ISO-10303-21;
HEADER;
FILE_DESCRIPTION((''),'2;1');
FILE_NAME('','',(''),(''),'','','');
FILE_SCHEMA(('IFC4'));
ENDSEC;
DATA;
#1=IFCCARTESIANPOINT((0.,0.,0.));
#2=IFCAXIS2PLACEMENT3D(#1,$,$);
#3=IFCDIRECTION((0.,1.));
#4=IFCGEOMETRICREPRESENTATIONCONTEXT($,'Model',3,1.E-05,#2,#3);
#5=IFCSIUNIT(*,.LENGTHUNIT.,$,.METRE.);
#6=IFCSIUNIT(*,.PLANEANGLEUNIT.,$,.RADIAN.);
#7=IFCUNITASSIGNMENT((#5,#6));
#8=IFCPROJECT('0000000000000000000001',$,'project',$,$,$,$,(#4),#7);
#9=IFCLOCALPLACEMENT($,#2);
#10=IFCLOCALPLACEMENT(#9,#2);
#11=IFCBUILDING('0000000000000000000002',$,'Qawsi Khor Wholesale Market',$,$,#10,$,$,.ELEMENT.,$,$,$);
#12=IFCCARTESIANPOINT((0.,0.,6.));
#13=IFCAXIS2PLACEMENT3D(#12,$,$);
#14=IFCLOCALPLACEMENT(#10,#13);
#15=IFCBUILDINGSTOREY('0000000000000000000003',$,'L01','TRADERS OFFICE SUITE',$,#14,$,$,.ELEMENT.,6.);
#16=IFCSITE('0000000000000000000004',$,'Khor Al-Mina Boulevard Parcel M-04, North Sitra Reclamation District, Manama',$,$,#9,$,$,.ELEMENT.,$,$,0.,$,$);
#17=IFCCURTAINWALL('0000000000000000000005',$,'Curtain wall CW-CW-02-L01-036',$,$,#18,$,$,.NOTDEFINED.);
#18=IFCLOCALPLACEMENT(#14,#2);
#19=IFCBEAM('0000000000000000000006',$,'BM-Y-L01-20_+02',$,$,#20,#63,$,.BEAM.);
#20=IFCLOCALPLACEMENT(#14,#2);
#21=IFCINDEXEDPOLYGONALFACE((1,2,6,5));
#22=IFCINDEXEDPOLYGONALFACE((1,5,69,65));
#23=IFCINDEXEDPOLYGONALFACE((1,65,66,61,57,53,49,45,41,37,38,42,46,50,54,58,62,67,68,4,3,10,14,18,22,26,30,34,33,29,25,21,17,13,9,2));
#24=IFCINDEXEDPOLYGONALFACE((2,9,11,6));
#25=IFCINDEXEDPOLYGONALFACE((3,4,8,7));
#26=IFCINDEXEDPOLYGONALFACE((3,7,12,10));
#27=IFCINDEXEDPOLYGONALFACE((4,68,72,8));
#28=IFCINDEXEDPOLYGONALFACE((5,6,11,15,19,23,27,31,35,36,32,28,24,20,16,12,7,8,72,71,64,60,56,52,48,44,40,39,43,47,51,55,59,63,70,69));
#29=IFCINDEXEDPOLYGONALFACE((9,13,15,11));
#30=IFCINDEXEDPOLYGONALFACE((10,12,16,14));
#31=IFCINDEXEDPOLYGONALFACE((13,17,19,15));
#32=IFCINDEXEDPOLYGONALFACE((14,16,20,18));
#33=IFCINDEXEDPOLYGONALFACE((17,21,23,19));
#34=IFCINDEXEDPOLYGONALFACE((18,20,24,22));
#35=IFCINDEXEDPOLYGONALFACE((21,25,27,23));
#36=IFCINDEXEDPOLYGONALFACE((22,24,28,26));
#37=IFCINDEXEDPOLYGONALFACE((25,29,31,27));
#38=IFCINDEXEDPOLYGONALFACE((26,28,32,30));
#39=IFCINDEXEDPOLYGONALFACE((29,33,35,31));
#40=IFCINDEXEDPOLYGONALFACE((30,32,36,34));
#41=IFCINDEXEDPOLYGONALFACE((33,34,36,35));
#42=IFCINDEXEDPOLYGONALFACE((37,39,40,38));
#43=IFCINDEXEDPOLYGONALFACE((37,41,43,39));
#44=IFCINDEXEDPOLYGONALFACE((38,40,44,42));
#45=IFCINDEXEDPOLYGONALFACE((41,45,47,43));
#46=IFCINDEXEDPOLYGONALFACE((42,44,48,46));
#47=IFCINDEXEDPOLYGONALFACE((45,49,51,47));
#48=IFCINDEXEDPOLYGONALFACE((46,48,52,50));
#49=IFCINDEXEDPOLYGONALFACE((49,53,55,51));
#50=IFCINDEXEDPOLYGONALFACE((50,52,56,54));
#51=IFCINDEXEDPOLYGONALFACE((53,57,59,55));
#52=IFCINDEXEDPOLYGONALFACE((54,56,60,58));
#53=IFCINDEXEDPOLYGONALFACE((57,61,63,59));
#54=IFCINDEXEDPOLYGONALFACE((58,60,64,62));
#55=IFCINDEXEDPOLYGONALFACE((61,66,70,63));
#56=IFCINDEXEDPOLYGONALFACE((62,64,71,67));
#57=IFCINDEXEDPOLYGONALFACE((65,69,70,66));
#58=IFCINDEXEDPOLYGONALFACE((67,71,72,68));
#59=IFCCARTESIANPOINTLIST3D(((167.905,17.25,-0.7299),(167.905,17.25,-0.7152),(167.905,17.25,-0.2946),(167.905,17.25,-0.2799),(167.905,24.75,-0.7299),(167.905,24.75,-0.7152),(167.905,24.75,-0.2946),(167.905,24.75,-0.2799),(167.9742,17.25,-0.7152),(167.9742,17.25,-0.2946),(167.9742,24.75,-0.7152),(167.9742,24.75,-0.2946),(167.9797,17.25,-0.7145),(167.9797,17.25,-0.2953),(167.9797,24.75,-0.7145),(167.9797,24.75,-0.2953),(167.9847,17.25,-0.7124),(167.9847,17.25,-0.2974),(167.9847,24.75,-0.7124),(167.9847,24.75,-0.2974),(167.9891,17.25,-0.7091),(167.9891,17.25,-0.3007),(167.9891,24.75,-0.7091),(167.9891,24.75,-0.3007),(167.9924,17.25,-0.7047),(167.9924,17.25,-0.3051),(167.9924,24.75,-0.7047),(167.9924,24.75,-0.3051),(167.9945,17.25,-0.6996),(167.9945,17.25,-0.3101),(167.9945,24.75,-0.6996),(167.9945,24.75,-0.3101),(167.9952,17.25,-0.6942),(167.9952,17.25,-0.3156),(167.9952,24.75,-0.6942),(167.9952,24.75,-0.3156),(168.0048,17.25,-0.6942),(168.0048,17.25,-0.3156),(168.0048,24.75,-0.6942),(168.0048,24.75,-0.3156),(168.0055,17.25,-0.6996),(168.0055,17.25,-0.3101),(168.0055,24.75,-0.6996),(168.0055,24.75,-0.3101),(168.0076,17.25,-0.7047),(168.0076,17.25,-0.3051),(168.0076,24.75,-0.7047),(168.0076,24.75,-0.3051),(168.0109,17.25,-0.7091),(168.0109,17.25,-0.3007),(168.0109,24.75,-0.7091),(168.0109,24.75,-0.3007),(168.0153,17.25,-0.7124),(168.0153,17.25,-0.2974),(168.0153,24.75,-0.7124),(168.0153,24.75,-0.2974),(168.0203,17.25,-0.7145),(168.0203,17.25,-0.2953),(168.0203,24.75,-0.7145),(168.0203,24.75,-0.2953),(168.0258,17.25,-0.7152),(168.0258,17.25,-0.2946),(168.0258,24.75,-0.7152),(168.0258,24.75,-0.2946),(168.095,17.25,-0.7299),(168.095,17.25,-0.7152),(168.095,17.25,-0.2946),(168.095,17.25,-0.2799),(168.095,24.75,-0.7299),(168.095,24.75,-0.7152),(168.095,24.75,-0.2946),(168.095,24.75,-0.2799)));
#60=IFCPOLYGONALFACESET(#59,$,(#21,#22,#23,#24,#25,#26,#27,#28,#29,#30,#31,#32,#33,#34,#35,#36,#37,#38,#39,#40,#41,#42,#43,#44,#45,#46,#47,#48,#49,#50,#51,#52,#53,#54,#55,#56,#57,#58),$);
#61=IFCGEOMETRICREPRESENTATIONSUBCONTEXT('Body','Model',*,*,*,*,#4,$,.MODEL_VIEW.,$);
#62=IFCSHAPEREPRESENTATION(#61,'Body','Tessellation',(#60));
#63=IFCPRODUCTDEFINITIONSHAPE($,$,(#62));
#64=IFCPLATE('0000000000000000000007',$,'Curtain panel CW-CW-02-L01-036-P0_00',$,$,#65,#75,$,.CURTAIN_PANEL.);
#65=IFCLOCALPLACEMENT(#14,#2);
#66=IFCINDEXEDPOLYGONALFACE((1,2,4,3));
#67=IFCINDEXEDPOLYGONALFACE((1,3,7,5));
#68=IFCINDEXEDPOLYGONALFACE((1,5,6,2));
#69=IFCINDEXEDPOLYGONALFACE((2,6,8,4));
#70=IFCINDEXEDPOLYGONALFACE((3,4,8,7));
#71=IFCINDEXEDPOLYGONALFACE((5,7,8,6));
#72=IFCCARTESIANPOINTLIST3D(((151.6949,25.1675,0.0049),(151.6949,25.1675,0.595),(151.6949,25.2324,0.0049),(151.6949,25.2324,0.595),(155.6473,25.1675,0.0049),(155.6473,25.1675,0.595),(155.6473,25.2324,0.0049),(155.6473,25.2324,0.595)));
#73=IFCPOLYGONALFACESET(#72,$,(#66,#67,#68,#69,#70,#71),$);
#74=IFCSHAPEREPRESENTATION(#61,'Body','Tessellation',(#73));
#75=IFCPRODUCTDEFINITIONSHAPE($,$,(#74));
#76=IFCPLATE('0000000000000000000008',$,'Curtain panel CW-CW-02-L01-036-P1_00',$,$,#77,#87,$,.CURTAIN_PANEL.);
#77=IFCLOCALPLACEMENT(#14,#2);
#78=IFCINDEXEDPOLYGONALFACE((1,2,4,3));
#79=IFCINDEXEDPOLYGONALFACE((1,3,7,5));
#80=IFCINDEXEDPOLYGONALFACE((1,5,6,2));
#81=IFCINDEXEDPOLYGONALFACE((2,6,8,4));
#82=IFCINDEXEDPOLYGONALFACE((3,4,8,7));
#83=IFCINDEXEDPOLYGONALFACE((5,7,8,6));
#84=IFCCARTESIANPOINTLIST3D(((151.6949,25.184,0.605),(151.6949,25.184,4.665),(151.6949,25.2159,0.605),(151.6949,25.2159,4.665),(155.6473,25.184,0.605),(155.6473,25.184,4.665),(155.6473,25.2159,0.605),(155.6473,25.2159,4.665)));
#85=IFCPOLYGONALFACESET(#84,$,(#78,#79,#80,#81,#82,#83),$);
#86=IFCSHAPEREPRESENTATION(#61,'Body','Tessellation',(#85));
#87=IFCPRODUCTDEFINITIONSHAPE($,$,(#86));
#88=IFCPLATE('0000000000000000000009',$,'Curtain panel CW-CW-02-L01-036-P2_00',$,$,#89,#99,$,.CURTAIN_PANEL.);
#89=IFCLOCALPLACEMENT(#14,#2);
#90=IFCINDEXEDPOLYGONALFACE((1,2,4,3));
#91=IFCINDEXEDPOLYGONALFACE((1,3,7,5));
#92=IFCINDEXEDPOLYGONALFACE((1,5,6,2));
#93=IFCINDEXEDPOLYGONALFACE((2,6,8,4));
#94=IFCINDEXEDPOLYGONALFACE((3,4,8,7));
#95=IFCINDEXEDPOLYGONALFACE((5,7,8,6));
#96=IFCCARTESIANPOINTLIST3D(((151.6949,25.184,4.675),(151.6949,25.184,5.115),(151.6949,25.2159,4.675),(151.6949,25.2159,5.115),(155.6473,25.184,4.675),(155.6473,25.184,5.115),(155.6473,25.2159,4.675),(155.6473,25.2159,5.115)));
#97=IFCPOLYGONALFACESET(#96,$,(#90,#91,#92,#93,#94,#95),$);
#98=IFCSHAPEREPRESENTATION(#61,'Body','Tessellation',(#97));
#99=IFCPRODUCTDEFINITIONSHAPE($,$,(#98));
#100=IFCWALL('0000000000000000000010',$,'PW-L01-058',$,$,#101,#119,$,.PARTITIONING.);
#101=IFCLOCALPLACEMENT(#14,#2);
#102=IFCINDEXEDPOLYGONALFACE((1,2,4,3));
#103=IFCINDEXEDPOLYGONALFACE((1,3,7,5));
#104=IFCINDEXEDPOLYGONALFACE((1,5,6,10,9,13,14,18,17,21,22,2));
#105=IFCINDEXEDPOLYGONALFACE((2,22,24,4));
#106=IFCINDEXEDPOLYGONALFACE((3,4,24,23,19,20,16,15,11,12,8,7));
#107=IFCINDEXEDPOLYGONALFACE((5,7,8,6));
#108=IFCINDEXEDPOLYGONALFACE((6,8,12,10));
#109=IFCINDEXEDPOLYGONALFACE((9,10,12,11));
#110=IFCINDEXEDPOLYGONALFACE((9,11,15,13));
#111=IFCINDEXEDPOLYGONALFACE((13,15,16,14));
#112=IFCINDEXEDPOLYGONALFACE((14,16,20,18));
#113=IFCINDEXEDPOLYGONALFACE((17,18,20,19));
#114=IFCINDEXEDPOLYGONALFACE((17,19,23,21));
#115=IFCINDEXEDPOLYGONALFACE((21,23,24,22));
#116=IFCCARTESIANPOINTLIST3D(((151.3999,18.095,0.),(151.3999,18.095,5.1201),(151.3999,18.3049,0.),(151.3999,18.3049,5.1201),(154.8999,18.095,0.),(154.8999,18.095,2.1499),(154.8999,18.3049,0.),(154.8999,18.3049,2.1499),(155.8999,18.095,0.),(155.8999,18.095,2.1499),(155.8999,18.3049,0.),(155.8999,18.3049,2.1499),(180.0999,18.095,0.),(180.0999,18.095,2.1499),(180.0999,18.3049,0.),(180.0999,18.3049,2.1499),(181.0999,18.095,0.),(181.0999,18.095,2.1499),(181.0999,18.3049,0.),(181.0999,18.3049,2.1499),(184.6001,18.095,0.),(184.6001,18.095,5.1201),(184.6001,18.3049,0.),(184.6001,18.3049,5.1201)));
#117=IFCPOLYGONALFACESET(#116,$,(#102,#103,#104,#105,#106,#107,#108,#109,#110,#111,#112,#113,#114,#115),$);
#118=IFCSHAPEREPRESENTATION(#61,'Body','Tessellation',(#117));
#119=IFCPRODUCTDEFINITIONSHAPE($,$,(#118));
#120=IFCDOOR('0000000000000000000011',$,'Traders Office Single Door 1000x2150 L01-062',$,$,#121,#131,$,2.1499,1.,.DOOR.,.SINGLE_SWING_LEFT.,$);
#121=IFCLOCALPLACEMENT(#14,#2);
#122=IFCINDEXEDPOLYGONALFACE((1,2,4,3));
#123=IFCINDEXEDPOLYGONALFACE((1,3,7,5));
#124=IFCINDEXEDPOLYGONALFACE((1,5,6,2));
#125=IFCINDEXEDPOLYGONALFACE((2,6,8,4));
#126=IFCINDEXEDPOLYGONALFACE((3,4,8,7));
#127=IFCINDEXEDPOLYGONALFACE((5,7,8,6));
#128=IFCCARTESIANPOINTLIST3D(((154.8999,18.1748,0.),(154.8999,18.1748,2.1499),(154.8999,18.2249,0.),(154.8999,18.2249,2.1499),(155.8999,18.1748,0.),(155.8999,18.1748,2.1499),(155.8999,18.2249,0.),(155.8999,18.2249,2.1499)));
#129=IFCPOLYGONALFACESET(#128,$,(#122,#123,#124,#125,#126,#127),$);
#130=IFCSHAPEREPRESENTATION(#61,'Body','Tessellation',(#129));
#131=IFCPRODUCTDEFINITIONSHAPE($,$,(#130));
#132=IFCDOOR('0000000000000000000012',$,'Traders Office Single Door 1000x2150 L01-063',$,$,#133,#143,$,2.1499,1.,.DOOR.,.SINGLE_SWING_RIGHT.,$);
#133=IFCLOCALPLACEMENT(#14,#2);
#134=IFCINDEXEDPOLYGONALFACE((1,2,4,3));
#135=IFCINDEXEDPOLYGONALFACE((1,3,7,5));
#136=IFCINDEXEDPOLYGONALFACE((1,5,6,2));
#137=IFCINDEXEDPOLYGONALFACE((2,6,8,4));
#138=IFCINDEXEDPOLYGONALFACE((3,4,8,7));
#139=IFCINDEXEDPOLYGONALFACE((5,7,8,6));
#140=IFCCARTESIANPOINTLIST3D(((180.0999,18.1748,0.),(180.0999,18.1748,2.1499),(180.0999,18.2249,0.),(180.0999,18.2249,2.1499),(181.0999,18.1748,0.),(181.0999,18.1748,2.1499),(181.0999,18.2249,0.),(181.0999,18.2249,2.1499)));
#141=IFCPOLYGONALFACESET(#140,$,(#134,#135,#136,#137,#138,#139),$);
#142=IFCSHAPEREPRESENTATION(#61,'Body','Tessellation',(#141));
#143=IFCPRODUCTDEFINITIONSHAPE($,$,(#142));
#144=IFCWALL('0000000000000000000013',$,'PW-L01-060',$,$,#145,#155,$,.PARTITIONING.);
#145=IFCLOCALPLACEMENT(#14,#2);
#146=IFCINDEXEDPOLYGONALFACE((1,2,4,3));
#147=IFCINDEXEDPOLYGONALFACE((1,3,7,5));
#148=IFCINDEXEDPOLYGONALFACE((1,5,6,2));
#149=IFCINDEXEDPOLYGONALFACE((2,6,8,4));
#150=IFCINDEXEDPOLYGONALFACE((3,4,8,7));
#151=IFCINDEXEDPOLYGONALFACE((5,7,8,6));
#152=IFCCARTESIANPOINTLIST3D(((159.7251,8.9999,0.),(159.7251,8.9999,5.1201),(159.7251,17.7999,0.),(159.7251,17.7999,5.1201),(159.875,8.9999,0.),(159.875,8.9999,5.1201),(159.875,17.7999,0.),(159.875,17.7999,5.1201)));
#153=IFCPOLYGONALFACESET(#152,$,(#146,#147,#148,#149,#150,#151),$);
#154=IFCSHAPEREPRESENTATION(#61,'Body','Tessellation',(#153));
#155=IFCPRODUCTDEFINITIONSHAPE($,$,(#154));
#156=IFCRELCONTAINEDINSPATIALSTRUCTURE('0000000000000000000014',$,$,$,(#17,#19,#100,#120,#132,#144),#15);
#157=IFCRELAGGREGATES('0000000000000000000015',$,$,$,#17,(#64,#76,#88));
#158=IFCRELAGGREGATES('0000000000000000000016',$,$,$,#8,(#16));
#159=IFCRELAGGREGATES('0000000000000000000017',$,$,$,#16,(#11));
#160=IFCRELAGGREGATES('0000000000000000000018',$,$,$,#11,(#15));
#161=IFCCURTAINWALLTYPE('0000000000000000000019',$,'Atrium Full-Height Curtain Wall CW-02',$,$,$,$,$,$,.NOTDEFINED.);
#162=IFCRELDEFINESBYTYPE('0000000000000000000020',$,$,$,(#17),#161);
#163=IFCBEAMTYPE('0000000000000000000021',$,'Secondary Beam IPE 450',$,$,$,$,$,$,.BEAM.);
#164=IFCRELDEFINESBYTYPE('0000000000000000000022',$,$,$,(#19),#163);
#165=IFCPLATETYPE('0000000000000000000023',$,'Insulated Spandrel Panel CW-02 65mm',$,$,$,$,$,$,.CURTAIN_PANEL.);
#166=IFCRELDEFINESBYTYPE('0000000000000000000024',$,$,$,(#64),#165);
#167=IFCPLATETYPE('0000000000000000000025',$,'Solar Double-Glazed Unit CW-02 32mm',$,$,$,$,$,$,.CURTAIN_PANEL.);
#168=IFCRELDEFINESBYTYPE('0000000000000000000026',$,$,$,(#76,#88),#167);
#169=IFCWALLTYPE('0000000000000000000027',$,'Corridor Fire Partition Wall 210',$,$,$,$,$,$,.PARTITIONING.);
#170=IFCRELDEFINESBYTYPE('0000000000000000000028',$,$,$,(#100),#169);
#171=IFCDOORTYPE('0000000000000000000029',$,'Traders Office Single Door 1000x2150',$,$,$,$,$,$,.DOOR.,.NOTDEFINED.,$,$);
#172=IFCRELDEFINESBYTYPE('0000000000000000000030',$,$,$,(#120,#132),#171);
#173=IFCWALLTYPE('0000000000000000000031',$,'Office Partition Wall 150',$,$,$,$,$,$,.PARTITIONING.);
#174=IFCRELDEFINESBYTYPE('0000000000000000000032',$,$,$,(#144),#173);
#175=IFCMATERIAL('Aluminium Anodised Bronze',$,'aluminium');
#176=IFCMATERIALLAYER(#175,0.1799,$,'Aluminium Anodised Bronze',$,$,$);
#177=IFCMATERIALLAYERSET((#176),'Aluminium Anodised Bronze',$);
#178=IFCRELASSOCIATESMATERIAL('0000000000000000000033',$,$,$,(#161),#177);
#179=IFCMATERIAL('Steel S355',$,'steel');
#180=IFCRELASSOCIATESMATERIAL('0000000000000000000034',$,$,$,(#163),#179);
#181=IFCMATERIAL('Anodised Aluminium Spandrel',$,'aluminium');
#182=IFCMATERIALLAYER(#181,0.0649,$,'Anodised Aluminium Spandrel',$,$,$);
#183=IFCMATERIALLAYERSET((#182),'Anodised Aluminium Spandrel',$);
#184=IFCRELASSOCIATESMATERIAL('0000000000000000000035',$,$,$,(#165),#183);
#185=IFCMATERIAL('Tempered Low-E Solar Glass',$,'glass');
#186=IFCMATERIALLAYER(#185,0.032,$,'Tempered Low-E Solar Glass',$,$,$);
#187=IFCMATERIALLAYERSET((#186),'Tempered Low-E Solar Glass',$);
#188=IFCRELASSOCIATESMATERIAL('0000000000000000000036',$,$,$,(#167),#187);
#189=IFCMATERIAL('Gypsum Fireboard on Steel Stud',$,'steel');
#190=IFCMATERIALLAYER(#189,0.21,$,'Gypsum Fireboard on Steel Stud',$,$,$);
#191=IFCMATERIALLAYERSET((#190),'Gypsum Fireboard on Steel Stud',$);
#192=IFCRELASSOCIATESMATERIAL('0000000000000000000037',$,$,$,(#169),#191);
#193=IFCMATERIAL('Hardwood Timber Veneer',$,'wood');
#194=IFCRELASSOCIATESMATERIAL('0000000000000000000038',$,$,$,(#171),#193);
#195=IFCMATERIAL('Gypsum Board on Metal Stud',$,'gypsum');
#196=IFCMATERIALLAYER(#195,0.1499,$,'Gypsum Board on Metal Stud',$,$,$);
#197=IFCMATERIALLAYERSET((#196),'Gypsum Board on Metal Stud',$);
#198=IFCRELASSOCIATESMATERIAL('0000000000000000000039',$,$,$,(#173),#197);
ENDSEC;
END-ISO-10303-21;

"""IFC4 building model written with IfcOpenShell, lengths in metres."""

from ifc_helpers import new_model, si_unit, direction, frame, frame_2d, origin, origin_2d, place, context, subcontext, project, spatial, rectangle, i_section, extrude, material, layer, layer_set, material_profile, profile_set, type_object, element, fill, aggregate, save


model = new_model("IFC4")

# Units and contexts
model_context = context("Model", 3, precision=1e-05, world=origin(), true_north=direction((0.0, 1.0)))
body_context = subcontext(model_context, "Body", "Model", "MODEL_VIEW")
ifc_project = project(units=[si_unit("LENGTHUNIT", "METRE"), si_unit("PLANEANGLEUNIT", "RADIAN")], contexts=[model_context])

# Site, building, storey
site_placement = place(None, origin())
site = spatial("IfcSite", under=ifc_project, at=site_placement, Name="Khor Al-Mina Boulevard Parcel M-04, North Sitra Reclamation District, Manama", CompositionType="ELEMENT", RefElevation=0.0)
building_placement = place(site_placement, origin())
building = spatial("IfcBuilding", under=site, at=building_placement, Name="Qawsi Khor Wholesale Market", CompositionType="ELEMENT")
storey_placement = place(building_placement, frame((0.0, 0.0, 6.0)))
storey = spatial("IfcBuildingStorey", under=building, at=storey_placement, Name="L01", Description="TRADERS OFFICE SUITE", CompositionType="ELEMENT", Elevation=6.0)

# Curtain wall
ifc_material_1 = material(Name="Aluminium Anodised Bronze", Category="aluminium")
ifc_layer_1 = layer(ifc_material_1, 0.1799, Name="Aluminium Anodised Bronze")
ifc_layer_set_1 = layer_set([ifc_layer_1], Name="Aluminium Anodised Bronze")
curtain_wall_type = type_object("IfcCurtainWallType", Name="Atrium Full-Height Curtain Wall CW-02", PredefinedType="NOTDEFINED", material=ifc_layer_set_1)
curtain_wall_placement = place(storey_placement, origin())
curtain_wall = element("IfcCurtainWall", 1, at=curtain_wall_placement, inside=storey, type_object=curtain_wall_type, Name="Curtain wall CW-CW-02-L01-036", PredefinedType="NOTDEFINED")

# Beam
ifc_material_2 = material(Name="Steel S355", Category="steel")
ifc_material_profile_1 = material_profile(ifc_material_2, i_section(OverallWidth=0.1899, OverallDepth=0.45, WebThickness=0.0095, FlangeThickness=0.0146, FilletRadius=0.021, at=origin_2d()), Name="IPE 450")
ifc_profile_set_1 = profile_set([ifc_material_profile_1], Name="Steel S355")
beam_type_1 = type_object("IfcBeamType", Name="Secondary Beam IPE 450", PredefinedType="BEAM", material=ifc_profile_set_1)
for number, where, z_axis, x_axis, name in (
    (2, (168.0, 17.25, -0.5049), (0.0, 1.0, 0.0), (-1.0, 0.0, 0.0), "BM-Y-L01-20_+02"),
):
    element("IfcBeam", number, at=place(storey_placement, frame(where, z_axis=z_axis, x_axis=x_axis)), inside=storey, type_object=beam_type_1, Name=name, PredefinedType="BEAM", context=body_context, shape_type="SweptSolid", body=[
        extrude(i_section(OverallWidth=0.1899, OverallDepth=0.45, WebThickness=0.0095, FlangeThickness=0.0146, FilletRadius=0.021, at=origin_2d()), origin(), (0.0, 0.0, 1.0), 7.5),
    ])

# Plates
ifc_material_3 = material(Name="Anodised Aluminium Spandrel", Category="aluminium")
ifc_layer_2 = layer(ifc_material_3, 0.0649, Name="Anodised Aluminium Spandrel")
ifc_layer_set_2 = layer_set([ifc_layer_2], Name="Anodised Aluminium Spandrel")
plate_type_1 = type_object("IfcPlateType", Name="Insulated Spandrel Panel CW-02 65mm", PredefinedType="CURTAIN_PANEL", material=ifc_layer_set_2)
plate_1_placement = place(storey_placement, frame((151.6951, 25.2, 0.0049), z_axis=(0.0, 0.0, 1.0), x_axis=(1.0, 0.0, 0.0)))
plate_1 = element("IfcPlate", 3, at=plate_1_placement, type_object=plate_type_1, Name="Curtain panel CW-CW-02-L01-036-P0_00", PredefinedType="CURTAIN_PANEL", context=body_context, shape_type="SweptSolid", body=[
    extrude(rectangle(XDim=3.9524, YDim=0.0649, at=frame_2d((1.9761, 0.0))), origin(), (0.0, 0.0, 1.0), 0.5901),
])
ifc_material_4 = material(Name="Tempered Low-E Solar Glass", Category="glass")
ifc_layer_3 = layer(ifc_material_4, 0.032, Name="Tempered Low-E Solar Glass")
ifc_layer_set_3 = layer_set([ifc_layer_3], Name="Tempered Low-E Solar Glass")
plate_type_2 = type_object("IfcPlateType", Name="Solar Double-Glazed Unit CW-02 32mm", PredefinedType="CURTAIN_PANEL", material=ifc_layer_set_3)
plate_2_placement = place(storey_placement, frame((151.6951, 25.2, 0.605), z_axis=(0.0, 0.0, 1.0), x_axis=(1.0, 0.0, 0.0)))
plate_2 = element("IfcPlate", 4, at=plate_2_placement, type_object=plate_type_2, Name="Curtain panel CW-CW-02-L01-036-P1_00", PredefinedType="CURTAIN_PANEL", context=body_context, shape_type="SweptSolid", body=[
    extrude(rectangle(XDim=3.9524, YDim=0.032, at=frame_2d((1.9761, 0.0))), origin(), (0.0, 0.0, 1.0), 4.0601),
])
plate_3_placement = place(storey_placement, frame((151.6951, 25.2, 4.675), z_axis=(0.0, 0.0, 1.0), x_axis=(1.0, 0.0, 0.0)))
plate_3 = element("IfcPlate", 5, at=plate_3_placement, type_object=plate_type_2, Name="Curtain panel CW-CW-02-L01-036-P2_00", PredefinedType="CURTAIN_PANEL", context=body_context, shape_type="SweptSolid", body=[
    extrude(rectangle(XDim=3.9524, YDim=0.032, at=frame_2d((1.9761, 0.0))), origin(), (0.0, 0.0, 1.0), 0.4399),
])
aggregate(curtain_wall, [plate_1, plate_2, plate_3])

# Wall, openings, doors
ifc_material_5 = material(Name="Gypsum Fireboard on Steel Stud", Category="steel")
ifc_layer_4 = layer(ifc_material_5, 0.21, Name="Gypsum Fireboard on Steel Stud")
ifc_layer_set_4 = layer_set([ifc_layer_4], Name="Gypsum Fireboard on Steel Stud")
wall_type_1 = type_object("IfcWallType", Name="Corridor Fire Partition Wall 210", PredefinedType="PARTITIONING", material=ifc_layer_set_4)
wall_1_placement = place(storey_placement, frame((151.3999, 18.2, 0.0), z_axis=(0.0, 0.0, 1.0), x_axis=(1.0, 0.0, 0.0)))
wall_1 = element("IfcWall", 6, at=wall_1_placement, inside=storey, type_object=wall_type_1, Name="PW-L01-058", PredefinedType="PARTITIONING", context=body_context, shape_type="SweptSolid", body=[
    extrude(rectangle(XDim=33.2002, YDim=0.21, at=frame_2d((16.6001, 0.0))), origin(), (0.0, 0.0, 1.0), 5.1201),
])
opening_1_placement = place(wall_1_placement, frame((3.5, 0.0, 0.0)))
opening_1 = element("IfcOpeningElement", 7, at=opening_1_placement, cuts=wall_1, PredefinedType="OPENING", context=body_context, shape_type="SweptSolid", body=[
    extrude(rectangle(XDim=1.0, YDim=2.1499, at=frame_2d((0.5, 1.075))), frame((0.0, 0.115, 0.0), z_axis=(0.0, -1.0, 0.0), x_axis=(1.0, 0.0, 0.0)), (0.0, 0.0, 1.0), 0.23),
])
opening_2_placement = place(wall_1_placement, frame((28.7, 0.0, 0.0)))
opening_2 = element("IfcOpeningElement", 8, at=opening_2_placement, cuts=wall_1, PredefinedType="OPENING", context=body_context, shape_type="SweptSolid", body=[
    extrude(rectangle(XDim=1.0, YDim=2.1499, at=frame_2d((0.5, 1.075))), frame((0.0, 0.115, 0.0), z_axis=(0.0, -1.0, 0.0), x_axis=(1.0, 0.0, 0.0)), (0.0, 0.0, 1.0), 0.23),
])
ifc_material_6 = material(Name="Hardwood Timber Veneer", Category="wood")
door_type = type_object("IfcDoorType", Name="Traders Office Single Door 1000x2150", OperationType="NOTDEFINED", PredefinedType="DOOR", material=ifc_material_6)
door_1_placement = place(opening_1_placement, origin())
door_1 = element("IfcDoor", 9, at=door_1_placement, inside=storey, type_object=door_type, Name="Traders Office Single Door 1000x2150 L01-062", OperationType="SINGLE_SWING_LEFT", OverallHeight=2.1499, OverallWidth=1.0, PredefinedType="DOOR", context=body_context, shape_type="SweptSolid", body=[
    extrude(rectangle(XDim=1.0, YDim=2.1499, at=frame_2d((0.5, 1.075))), frame((0.0, 0.0249, 0.0), z_axis=(0.0, -1.0, 0.0), x_axis=(1.0, 0.0, 0.0)), (0.0, 0.0, 1.0), 0.05),
])
fill(opening_1, door_1)
door_2_placement = place(opening_2_placement, origin())
door_2 = element("IfcDoor", 10, at=door_2_placement, inside=storey, type_object=door_type, Name="Traders Office Single Door 1000x2150 L01-063", OperationType="SINGLE_SWING_RIGHT", OverallHeight=2.1499, OverallWidth=1.0, PredefinedType="DOOR", context=body_context, shape_type="SweptSolid", body=[
    extrude(rectangle(XDim=1.0, YDim=2.1499, at=frame_2d((0.5, 1.075))), frame((0.0, 0.0249, 0.0), z_axis=(0.0, -1.0, 0.0), x_axis=(1.0, 0.0, 0.0)), (0.0, 0.0, 1.0), 0.05),
])
fill(opening_2, door_2)

# Wall
ifc_material_7 = material(Name="Gypsum Board on Metal Stud", Category="gypsum")
ifc_layer_5 = layer(ifc_material_7, 0.1499, Name="Gypsum Board on Metal Stud")
ifc_layer_set_5 = layer_set([ifc_layer_5], Name="Gypsum Board on Metal Stud")
wall_type_2 = type_object("IfcWallType", Name="Office Partition Wall 150", PredefinedType="PARTITIONING", material=ifc_layer_set_5)
wall_2_placement = place(storey_placement, frame((159.8, 9.0, 0.0), z_axis=(0.0, 0.0, 1.0), x_axis=(0.0, 1.0, 0.0)))
element("IfcWall", 11, at=wall_2_placement, inside=storey, type_object=wall_type_2, Name="PW-L01-060", PredefinedType="PARTITIONING", context=body_context, shape_type="SweptSolid", body=[
    extrude(rectangle(XDim=8.8, YDim=0.1499, at=frame_2d((4.3999, 0.0))), origin(), (0.0, 0.0, 1.0), 5.1201),
])

save(model, "model.ifc")
